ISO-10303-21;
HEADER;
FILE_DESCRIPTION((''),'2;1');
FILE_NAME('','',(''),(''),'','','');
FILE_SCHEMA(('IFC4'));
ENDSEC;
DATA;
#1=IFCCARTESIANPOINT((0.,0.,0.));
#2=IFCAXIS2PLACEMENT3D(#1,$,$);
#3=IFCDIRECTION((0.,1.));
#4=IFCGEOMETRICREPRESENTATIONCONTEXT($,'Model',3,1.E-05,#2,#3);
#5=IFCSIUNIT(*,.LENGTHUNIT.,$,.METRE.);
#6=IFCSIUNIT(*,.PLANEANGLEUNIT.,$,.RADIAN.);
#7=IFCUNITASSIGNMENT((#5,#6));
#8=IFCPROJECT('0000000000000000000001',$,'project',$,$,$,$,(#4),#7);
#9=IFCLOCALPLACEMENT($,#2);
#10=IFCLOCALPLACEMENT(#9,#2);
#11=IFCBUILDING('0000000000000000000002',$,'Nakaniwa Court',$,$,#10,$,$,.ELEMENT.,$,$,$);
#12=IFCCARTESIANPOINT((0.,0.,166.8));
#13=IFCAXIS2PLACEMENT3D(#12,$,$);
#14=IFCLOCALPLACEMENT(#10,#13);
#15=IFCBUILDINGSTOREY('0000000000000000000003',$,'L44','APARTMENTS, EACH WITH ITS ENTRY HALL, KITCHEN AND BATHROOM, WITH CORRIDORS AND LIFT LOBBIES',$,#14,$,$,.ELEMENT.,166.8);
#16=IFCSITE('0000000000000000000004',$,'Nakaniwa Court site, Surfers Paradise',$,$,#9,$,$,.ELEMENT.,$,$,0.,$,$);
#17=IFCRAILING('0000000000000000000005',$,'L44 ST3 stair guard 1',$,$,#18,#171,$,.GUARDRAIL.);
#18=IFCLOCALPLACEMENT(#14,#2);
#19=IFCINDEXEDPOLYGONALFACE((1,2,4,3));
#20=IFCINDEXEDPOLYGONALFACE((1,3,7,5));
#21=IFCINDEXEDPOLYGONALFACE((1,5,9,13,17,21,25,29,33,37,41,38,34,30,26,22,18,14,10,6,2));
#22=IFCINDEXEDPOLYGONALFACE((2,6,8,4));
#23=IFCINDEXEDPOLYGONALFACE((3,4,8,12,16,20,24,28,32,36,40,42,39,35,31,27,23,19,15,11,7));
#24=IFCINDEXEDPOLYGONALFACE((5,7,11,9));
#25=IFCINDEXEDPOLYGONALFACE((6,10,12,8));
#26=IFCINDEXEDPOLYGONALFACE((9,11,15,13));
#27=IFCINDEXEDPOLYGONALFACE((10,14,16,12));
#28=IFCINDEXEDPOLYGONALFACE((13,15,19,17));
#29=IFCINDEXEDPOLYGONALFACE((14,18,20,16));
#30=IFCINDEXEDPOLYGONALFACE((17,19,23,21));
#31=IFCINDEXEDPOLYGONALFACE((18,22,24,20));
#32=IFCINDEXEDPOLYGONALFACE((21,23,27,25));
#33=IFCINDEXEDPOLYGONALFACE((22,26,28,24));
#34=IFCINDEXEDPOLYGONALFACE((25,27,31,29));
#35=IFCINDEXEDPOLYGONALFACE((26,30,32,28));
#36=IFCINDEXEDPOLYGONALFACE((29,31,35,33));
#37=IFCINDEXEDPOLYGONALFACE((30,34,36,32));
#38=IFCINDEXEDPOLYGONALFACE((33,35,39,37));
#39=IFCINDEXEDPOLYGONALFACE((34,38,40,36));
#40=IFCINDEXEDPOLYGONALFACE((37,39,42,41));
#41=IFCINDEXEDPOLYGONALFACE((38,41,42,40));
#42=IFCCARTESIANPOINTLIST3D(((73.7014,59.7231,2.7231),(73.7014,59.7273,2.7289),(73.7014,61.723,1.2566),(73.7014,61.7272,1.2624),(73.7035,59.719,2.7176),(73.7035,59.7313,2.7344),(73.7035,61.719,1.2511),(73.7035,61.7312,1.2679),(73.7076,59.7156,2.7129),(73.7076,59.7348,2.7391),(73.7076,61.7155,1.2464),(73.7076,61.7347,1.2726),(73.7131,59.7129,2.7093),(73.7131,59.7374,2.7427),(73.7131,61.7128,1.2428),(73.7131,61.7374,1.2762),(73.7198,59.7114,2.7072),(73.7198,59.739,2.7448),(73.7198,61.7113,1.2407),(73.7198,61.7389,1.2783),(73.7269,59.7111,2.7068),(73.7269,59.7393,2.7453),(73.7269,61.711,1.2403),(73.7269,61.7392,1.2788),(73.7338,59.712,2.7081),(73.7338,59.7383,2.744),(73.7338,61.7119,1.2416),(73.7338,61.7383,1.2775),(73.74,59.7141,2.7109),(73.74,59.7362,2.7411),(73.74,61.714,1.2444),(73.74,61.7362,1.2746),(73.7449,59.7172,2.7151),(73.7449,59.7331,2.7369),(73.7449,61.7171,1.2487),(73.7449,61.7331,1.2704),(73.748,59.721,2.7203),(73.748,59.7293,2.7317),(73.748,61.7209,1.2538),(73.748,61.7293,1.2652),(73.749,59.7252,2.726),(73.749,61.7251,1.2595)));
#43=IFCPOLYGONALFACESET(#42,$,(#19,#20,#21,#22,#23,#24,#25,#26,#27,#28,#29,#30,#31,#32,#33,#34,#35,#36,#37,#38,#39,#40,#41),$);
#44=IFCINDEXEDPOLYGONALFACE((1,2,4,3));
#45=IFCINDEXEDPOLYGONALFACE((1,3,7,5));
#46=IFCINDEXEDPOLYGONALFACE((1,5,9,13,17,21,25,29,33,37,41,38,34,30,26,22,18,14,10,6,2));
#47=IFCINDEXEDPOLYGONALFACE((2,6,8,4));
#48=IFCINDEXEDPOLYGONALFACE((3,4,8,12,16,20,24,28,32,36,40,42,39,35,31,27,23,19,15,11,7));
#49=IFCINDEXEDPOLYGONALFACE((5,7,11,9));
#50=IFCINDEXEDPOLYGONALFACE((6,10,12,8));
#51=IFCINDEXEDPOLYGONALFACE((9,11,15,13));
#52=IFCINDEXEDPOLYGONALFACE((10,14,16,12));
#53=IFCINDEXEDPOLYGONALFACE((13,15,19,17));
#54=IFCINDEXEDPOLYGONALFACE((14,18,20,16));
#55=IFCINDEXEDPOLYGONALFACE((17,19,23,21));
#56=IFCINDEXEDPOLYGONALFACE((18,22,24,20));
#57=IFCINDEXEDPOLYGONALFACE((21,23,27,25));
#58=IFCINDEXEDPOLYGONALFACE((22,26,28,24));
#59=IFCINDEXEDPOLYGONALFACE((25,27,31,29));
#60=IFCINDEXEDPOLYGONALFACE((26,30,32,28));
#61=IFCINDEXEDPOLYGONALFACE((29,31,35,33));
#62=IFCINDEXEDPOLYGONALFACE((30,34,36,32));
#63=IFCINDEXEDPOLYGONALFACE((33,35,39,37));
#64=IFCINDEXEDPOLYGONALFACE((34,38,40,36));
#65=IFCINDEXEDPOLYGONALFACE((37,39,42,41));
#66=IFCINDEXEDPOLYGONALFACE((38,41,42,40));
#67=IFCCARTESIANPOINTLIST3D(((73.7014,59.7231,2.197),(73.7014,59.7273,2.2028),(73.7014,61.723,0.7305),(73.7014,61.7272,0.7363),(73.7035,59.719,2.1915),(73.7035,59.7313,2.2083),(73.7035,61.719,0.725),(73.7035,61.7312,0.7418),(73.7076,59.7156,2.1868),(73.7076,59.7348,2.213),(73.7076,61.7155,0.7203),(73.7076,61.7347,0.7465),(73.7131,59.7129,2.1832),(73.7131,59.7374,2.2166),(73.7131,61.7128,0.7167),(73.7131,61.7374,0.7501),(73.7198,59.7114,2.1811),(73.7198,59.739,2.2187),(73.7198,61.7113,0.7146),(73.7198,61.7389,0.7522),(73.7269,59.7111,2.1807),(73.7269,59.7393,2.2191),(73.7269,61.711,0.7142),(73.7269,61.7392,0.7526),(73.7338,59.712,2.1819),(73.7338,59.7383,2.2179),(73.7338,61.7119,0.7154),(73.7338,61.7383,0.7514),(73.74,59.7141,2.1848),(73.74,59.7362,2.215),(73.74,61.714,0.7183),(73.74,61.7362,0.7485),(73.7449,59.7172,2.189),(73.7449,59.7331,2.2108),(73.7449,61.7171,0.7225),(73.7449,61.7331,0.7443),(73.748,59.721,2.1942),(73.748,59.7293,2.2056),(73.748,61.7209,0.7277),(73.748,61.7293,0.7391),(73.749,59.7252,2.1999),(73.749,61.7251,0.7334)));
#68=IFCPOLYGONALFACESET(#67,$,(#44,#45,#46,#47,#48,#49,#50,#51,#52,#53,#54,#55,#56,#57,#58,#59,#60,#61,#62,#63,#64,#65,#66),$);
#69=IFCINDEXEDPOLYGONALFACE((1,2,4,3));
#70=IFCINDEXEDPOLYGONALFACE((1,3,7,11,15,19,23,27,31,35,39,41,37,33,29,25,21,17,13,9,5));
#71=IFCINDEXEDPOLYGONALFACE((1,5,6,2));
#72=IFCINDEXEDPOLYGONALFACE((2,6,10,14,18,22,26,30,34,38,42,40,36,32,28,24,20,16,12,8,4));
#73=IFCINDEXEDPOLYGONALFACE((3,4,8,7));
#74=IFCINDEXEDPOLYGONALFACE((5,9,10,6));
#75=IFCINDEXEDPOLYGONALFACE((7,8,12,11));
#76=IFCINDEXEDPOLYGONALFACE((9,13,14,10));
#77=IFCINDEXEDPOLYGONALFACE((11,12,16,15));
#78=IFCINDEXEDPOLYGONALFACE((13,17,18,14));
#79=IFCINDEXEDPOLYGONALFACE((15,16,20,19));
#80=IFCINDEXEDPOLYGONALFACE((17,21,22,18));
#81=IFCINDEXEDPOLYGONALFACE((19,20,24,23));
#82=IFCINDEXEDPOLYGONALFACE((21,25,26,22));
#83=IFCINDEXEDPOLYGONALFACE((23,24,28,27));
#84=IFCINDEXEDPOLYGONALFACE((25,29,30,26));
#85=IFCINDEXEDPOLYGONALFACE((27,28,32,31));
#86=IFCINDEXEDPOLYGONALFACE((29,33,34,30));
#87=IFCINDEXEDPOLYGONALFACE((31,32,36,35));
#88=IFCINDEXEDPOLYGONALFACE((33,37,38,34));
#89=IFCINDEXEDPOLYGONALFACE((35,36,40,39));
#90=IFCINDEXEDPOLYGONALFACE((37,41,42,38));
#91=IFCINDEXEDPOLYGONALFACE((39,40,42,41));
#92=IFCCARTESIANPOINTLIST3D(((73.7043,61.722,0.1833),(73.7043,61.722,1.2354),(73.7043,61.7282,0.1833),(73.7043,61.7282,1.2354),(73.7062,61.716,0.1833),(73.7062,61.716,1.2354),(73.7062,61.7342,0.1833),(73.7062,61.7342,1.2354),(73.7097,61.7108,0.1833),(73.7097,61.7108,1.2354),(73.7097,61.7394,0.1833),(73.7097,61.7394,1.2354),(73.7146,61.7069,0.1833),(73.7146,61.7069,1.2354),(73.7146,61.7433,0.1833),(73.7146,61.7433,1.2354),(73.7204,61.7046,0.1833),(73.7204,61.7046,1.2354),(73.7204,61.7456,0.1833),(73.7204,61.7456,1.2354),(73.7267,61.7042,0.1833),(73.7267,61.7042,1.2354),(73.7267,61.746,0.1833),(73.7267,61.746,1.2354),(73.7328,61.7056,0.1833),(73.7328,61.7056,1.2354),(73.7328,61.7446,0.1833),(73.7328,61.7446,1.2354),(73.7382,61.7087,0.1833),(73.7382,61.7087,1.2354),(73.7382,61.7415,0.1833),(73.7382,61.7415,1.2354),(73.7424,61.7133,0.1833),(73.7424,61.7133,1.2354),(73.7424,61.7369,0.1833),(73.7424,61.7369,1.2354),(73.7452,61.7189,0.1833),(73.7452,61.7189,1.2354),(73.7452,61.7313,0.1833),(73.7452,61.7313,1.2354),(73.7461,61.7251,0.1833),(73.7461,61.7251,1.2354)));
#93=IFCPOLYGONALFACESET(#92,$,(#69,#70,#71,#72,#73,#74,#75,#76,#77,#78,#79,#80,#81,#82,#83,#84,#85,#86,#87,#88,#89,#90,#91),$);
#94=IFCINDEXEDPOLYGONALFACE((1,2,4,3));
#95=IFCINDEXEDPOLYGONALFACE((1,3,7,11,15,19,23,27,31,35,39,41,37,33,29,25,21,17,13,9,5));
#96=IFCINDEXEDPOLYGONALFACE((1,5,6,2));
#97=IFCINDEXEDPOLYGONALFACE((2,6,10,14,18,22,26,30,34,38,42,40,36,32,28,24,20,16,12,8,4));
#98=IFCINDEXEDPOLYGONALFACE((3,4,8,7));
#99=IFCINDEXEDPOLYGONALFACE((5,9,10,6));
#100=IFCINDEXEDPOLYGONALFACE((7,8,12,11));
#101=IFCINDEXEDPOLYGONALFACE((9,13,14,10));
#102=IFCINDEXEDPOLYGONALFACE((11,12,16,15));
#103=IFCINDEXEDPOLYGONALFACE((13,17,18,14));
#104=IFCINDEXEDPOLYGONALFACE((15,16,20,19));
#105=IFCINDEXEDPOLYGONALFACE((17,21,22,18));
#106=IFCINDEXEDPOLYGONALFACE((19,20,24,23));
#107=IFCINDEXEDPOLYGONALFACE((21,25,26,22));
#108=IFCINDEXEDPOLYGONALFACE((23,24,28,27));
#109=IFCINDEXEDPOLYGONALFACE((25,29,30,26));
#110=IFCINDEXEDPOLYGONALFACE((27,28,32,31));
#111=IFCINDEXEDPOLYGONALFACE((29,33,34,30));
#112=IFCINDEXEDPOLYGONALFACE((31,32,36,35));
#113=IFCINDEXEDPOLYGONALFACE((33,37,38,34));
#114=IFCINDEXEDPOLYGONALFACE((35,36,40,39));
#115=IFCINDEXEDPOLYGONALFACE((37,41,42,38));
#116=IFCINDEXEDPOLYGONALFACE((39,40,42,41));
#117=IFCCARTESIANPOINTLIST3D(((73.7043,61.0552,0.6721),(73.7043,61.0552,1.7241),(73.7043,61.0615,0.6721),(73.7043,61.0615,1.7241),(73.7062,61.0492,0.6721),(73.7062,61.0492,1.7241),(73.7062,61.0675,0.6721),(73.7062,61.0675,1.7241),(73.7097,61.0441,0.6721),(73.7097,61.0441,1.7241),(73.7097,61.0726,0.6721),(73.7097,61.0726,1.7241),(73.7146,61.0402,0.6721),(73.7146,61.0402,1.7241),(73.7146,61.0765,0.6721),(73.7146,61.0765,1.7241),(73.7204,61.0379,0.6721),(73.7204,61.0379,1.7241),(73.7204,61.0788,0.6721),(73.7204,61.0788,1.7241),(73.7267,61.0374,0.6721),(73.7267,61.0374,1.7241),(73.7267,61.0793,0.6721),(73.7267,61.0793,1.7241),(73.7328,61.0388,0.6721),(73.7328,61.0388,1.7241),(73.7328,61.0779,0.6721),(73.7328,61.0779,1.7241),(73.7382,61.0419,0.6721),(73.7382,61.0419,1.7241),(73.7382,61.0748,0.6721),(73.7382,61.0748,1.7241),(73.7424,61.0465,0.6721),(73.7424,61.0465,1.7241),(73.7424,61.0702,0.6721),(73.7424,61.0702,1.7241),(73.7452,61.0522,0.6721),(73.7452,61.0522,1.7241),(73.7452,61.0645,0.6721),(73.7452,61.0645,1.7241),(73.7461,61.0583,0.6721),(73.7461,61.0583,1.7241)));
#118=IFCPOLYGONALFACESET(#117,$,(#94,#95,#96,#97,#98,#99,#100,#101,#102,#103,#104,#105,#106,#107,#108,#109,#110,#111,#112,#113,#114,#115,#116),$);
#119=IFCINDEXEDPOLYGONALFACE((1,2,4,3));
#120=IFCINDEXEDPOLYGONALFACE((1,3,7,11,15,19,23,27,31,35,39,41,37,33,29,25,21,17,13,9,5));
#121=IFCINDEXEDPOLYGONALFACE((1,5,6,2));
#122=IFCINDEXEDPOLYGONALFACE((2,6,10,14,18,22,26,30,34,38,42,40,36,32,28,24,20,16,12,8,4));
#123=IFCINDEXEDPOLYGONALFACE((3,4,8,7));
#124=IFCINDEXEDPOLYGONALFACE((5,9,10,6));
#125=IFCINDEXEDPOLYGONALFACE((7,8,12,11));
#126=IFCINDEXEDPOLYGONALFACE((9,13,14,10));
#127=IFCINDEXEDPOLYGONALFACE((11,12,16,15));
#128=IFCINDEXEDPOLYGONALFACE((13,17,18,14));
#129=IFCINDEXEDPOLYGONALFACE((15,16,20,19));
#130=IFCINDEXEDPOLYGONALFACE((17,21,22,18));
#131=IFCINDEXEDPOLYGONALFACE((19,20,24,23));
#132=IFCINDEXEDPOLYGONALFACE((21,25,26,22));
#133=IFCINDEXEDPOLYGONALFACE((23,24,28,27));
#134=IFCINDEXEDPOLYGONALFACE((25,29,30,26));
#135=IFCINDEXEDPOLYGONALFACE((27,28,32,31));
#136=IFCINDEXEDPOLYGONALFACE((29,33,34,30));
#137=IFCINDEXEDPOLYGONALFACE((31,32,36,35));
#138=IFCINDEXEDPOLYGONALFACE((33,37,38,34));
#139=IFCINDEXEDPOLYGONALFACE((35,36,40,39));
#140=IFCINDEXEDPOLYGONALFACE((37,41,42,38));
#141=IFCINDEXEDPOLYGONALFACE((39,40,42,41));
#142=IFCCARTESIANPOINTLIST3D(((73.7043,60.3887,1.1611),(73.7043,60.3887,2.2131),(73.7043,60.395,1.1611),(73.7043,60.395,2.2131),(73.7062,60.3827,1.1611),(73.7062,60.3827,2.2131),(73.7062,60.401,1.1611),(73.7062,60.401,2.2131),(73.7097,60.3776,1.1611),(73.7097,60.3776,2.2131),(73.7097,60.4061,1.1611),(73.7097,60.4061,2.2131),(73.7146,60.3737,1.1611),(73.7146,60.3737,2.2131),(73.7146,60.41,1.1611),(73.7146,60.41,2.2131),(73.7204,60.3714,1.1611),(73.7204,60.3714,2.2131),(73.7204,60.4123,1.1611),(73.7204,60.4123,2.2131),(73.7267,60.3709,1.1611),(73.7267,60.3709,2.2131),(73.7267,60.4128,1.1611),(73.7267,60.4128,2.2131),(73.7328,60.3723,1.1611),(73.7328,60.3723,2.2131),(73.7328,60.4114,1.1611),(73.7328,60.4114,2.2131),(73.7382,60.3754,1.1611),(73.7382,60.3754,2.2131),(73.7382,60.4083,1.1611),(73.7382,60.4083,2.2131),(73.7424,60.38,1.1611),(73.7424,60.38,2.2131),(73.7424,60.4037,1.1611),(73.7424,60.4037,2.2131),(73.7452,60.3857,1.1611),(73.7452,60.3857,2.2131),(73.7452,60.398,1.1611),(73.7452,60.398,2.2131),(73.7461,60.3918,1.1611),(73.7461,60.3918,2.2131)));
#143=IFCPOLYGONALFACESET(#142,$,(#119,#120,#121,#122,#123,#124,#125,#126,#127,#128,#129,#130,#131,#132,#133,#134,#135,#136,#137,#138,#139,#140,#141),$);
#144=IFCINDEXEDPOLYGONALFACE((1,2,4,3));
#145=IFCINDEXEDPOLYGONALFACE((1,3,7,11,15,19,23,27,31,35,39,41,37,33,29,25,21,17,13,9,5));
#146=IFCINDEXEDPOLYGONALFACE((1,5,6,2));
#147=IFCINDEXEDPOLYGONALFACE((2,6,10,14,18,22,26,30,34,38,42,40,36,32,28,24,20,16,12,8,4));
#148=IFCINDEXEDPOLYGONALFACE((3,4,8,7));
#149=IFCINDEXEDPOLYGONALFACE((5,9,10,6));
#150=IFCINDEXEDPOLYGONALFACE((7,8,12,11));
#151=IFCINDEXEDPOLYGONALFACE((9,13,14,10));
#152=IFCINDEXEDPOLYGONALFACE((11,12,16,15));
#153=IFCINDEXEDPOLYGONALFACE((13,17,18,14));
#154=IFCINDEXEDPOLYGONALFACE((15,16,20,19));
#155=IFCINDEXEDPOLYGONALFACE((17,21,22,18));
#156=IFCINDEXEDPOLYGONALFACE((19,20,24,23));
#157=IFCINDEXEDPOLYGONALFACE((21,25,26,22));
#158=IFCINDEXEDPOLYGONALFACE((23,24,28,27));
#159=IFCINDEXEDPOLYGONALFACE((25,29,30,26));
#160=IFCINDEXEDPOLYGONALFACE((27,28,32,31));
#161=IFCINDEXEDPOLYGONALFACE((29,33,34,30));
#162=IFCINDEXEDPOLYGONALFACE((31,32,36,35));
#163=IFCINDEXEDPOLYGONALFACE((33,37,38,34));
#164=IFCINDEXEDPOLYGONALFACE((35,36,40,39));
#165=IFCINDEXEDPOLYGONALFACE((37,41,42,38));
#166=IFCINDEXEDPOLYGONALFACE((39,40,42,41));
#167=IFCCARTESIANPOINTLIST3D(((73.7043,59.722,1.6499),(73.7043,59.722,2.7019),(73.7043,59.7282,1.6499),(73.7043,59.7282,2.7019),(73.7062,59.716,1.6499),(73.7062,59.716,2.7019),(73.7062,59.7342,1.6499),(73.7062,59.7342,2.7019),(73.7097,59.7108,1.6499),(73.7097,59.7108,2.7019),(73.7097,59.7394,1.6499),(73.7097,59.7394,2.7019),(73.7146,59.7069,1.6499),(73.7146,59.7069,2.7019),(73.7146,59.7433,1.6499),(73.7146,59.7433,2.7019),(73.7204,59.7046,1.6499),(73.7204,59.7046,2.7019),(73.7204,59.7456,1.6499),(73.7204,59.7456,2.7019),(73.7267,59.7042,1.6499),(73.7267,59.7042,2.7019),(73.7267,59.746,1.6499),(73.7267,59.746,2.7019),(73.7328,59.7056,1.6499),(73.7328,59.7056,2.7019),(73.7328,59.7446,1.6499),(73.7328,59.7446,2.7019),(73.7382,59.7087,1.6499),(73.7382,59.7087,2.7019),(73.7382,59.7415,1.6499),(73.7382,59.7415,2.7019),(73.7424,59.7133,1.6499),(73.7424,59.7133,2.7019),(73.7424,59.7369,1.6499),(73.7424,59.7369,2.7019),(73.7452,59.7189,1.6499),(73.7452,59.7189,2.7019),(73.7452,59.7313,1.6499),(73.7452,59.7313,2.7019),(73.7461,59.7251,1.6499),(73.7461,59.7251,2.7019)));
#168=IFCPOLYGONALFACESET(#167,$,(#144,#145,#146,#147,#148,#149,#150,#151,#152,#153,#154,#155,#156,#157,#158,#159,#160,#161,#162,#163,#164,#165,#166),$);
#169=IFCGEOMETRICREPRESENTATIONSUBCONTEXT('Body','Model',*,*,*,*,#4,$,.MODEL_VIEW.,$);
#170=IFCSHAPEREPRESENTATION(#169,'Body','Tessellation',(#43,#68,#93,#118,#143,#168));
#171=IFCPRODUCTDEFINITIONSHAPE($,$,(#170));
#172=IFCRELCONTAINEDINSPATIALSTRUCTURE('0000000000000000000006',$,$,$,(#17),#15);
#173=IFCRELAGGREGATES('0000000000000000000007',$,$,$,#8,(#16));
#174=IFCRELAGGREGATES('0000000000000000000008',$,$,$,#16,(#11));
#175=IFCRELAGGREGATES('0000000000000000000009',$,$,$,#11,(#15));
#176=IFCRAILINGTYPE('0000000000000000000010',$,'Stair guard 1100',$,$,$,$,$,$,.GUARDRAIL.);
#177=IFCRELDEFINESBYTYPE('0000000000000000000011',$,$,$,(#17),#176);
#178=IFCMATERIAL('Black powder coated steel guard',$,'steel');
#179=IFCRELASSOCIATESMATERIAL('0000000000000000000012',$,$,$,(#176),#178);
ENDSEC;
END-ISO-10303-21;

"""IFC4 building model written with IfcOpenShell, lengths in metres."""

from ifc_helpers import new_model, si_unit, direction, frame, origin, origin_2d, place, context, subcontext, project, spatial, circle, extrude, material, type_object, element, save


model = new_model("IFC4")

# Units and contexts
model_context = context("Model", 3, precision=1e-05, world=origin(), true_north=direction((0.0, 1.0)))
body_context = subcontext(model_context, "Body", "Model", "MODEL_VIEW")
ifc_project = project(units=[si_unit("LENGTHUNIT", "METRE"), si_unit("PLANEANGLEUNIT", "RADIAN")], contexts=[model_context])

# Site, building, storey
site_placement = place(None, origin())
site = spatial("IfcSite", under=ifc_project, at=site_placement, Name="Nakaniwa Court site, Surfers Paradise", CompositionType="ELEMENT", RefElevation=0.0)
building_placement = place(site_placement, origin())
building = spatial("IfcBuilding", under=site, at=building_placement, Name="Nakaniwa Court", CompositionType="ELEMENT")
storey_placement = place(building_placement, frame((0.0, 0.0, 166.8)))
storey = spatial("IfcBuildingStorey", under=building, at=storey_placement, Name="L44", Description="APARTMENTS, EACH WITH ITS ENTRY HALL, KITCHEN AND BATHROOM, WITH CORRIDORS AND LIFT LOBBIES", CompositionType="ELEMENT", Elevation=166.8)

# Railing
ifc_material_1 = material(Name="Black powder coated steel guard", Category="steel")
railing_type_1 = type_object("IfcRailingType", Name="Stair guard 1100", PredefinedType="GUARDRAIL", material=ifc_material_1)
railing_1_placement = place(storey_placement, frame((73.7251, 61.7251, 0.1833)))
element("IfcRailing", 1, at=railing_1_placement, inside=storey, type_object=railing_type_1, Name="L44 ST3 stair guard 1", PredefinedType="GUARDRAIL", context=body_context, shape_type="SweptSolid", body=[
    extrude(circle(Radius=0.0239, at=origin_2d()), frame((0.0, 0.0, 1.0762), z_axis=(0.0, -0.806427, 0.591334), x_axis=(1.0, 0.0, 0.0)), (0.0, 0.0, 1.0), 2.48),
    extrude(circle(Radius=0.0239, at=origin_2d()), frame((0.0, 0.0, 0.55), z_axis=(0.0, -0.806427, 0.591334), x_axis=(1.0, 0.0, 0.0)), (0.0, 0.0, 1.0), 2.48),
    extrude(circle(Radius=0.021, at=origin_2d()), origin(), (0.0, 0.0, 1.0), 1.052),
    extrude(circle(Radius=0.021, at=origin_2d()), frame((0.0, -0.6667, 0.4888)), (0.0, 0.0, 1.0), 1.052),
    extrude(circle(Radius=0.021, at=origin_2d()), frame((0.0, -1.3333, 0.9778)), (0.0, 0.0, 1.0), 1.052),
    extrude(circle(Radius=0.021, at=origin_2d()), frame((0.0, -2.0, 1.4666)), (0.0, 0.0, 1.0), 1.052),
])

save(model, "model.ifc")
